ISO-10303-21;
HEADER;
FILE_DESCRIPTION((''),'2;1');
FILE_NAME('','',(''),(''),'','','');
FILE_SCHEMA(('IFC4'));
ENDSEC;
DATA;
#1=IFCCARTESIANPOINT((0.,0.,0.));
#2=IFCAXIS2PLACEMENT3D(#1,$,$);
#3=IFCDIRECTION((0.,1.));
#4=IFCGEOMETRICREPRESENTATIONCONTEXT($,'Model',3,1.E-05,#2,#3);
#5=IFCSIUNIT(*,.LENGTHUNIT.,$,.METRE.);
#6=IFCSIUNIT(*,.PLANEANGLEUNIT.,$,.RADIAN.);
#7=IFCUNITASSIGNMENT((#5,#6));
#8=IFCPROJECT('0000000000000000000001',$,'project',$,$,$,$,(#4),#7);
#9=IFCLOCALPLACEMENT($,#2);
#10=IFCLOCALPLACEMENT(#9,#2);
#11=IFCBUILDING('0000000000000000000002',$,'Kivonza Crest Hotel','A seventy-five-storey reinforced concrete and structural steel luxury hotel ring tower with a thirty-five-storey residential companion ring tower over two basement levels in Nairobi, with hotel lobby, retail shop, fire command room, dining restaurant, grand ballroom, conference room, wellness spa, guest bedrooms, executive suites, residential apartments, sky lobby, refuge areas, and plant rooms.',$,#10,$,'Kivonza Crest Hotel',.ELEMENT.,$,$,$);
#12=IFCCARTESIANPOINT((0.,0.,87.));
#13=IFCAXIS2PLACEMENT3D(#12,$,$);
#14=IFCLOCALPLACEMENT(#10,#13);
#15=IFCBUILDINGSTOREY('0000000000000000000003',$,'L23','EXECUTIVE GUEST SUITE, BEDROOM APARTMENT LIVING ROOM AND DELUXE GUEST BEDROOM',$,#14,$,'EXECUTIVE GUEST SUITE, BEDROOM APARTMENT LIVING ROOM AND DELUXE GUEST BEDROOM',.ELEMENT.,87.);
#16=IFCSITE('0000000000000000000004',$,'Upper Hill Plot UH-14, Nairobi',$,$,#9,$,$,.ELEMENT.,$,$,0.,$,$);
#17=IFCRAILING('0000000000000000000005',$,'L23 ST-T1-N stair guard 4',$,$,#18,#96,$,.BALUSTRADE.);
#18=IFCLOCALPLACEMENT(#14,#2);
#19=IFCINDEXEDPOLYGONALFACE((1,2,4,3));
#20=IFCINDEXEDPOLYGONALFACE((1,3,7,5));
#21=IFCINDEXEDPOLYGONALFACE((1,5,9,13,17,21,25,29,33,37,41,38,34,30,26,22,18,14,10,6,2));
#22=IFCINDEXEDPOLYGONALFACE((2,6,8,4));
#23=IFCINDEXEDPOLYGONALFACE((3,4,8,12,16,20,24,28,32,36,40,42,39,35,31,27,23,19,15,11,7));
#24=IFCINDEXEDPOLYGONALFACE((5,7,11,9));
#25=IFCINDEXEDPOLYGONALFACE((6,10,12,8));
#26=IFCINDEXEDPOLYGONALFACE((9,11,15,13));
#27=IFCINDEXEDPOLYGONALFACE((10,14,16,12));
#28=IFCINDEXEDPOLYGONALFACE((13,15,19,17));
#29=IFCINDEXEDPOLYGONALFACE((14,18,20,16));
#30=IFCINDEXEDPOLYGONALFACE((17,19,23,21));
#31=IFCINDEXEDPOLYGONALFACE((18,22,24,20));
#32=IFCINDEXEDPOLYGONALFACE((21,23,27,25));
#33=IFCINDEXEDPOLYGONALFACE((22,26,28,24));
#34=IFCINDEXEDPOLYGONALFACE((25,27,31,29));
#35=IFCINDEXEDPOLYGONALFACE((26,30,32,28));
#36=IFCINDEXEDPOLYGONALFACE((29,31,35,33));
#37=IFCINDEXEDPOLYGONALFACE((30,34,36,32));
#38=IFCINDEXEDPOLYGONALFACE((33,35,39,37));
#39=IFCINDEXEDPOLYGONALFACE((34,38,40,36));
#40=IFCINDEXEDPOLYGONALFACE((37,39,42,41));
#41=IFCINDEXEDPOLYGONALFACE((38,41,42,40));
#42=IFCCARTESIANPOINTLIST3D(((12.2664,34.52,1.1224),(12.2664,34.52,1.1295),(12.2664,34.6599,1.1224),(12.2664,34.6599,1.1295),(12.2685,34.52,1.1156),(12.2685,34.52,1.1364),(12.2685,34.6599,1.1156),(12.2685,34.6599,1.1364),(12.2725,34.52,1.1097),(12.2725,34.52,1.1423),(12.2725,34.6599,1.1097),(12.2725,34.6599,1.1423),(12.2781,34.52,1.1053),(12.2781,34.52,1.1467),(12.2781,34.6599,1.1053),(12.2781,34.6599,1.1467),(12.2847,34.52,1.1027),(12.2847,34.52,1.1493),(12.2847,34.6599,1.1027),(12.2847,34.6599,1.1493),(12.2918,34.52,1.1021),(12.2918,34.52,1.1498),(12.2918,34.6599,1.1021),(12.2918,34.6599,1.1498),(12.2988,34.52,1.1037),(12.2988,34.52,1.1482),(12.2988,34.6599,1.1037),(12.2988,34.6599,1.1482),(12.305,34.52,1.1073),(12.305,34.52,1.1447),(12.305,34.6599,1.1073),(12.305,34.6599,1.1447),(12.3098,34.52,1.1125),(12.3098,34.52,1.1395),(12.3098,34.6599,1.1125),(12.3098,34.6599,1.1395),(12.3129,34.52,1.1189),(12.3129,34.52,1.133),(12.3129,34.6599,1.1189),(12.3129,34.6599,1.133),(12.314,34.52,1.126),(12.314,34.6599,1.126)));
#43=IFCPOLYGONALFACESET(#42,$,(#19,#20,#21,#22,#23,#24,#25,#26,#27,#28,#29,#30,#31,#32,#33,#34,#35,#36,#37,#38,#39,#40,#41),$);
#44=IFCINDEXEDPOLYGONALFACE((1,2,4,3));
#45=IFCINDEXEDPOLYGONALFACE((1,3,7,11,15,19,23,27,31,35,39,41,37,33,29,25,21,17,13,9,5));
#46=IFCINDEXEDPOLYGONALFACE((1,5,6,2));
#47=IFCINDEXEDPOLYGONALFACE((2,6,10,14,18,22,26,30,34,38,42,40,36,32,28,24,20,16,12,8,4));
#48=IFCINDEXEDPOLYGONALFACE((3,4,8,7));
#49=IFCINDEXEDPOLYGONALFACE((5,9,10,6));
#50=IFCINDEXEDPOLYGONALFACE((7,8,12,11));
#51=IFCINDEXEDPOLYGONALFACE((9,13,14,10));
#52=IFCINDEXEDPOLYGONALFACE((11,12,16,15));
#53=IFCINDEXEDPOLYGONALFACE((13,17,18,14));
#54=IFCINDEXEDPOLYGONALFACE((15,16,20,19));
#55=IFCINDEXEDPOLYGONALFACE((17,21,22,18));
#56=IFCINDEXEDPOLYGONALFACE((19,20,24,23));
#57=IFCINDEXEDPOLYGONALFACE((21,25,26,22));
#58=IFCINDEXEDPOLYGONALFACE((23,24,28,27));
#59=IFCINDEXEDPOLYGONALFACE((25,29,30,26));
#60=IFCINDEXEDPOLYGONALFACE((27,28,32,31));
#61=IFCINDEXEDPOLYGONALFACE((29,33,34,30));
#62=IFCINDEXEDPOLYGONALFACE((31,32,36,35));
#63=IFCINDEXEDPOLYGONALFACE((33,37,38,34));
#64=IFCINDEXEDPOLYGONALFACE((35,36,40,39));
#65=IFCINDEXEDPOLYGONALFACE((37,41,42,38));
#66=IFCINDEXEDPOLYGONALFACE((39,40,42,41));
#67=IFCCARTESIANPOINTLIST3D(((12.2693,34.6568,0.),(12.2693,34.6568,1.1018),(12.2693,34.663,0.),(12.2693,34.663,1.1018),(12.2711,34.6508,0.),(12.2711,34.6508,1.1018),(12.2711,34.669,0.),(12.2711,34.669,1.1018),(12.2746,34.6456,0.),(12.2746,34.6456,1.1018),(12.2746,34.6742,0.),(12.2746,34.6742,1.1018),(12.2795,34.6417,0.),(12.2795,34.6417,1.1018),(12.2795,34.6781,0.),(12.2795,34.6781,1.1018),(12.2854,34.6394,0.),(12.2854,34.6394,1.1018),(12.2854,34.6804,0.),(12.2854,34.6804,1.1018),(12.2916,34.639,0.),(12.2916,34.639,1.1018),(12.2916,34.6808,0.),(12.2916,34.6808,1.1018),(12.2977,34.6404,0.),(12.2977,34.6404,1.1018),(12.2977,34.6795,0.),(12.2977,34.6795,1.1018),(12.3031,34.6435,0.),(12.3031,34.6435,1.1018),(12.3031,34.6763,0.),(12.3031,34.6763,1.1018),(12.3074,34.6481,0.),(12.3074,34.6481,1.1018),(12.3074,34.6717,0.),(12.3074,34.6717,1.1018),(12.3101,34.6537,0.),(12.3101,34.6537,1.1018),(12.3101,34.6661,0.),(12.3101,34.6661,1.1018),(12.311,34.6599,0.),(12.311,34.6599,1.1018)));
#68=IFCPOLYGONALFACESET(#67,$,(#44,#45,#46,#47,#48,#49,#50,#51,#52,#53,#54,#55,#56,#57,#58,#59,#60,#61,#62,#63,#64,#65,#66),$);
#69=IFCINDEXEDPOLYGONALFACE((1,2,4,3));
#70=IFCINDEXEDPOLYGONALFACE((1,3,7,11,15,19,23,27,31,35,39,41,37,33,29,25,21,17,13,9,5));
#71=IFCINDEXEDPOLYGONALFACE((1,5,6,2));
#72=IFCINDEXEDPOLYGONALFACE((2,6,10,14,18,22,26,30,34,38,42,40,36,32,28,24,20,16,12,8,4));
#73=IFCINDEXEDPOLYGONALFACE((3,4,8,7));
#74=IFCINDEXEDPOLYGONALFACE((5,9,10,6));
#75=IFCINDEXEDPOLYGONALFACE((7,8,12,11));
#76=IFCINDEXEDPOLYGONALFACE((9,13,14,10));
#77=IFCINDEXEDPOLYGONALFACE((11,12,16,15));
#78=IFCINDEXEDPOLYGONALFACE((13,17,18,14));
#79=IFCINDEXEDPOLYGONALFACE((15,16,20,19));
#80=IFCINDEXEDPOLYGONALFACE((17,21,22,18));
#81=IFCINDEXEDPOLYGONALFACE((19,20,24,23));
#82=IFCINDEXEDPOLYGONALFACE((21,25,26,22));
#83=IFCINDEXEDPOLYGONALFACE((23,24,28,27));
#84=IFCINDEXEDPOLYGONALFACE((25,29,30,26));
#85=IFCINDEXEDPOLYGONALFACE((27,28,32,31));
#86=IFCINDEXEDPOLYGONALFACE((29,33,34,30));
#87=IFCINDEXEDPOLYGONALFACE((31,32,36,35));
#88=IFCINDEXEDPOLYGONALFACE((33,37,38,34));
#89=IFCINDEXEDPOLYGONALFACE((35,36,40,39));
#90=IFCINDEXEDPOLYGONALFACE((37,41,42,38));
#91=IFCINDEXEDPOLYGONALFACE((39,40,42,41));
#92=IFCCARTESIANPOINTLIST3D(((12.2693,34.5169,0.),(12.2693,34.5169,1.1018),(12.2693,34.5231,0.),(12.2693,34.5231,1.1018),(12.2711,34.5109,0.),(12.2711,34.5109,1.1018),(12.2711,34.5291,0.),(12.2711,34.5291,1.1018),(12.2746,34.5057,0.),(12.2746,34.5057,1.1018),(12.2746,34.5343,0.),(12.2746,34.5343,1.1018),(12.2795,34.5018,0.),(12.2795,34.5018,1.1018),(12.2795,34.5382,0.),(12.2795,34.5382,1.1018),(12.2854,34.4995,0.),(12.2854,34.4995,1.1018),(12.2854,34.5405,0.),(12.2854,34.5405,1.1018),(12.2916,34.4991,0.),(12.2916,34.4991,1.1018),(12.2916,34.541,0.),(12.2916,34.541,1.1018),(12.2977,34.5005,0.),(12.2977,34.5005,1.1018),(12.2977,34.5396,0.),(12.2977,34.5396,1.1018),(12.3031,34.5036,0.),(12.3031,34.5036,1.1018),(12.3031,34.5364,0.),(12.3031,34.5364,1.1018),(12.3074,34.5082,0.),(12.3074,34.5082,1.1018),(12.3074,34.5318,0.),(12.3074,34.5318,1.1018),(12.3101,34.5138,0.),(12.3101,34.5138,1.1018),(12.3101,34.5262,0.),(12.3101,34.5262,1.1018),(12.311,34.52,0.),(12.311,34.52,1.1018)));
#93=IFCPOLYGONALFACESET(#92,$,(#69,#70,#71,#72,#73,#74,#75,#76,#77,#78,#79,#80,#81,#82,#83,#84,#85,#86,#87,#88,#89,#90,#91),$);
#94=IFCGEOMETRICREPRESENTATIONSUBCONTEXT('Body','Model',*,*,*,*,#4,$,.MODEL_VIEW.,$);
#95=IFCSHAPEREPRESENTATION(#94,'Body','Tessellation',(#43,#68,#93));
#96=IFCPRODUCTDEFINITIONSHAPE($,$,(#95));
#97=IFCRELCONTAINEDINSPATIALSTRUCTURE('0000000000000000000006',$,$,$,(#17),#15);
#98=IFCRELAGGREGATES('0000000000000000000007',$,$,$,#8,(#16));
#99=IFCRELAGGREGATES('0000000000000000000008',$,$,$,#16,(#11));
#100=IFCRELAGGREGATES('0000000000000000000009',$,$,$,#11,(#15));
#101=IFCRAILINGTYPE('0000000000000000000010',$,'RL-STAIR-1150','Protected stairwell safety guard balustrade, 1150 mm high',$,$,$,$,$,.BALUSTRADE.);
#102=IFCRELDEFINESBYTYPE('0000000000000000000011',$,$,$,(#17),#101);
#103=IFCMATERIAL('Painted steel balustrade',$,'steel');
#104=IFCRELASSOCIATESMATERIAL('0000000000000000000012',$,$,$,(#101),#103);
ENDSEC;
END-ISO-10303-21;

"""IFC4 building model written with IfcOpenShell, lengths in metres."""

from ifc_helpers import new_model, si_unit, direction, frame, origin, origin_2d, place, context, subcontext, project, spatial, circle, extrude, material, type_object, element, save


model = new_model("IFC4")

# Units and contexts
model_context = context("Model", 3, precision=1e-05, world=origin(), true_north=direction((0.0, 1.0)))
body_context = subcontext(model_context, "Body", "Model", "MODEL_VIEW")
ifc_project = project(units=[si_unit("LENGTHUNIT", "METRE"), si_unit("PLANEANGLEUNIT", "RADIAN")], contexts=[model_context])

# Site, building, storey
site_placement = place(None, origin())
site = spatial("IfcSite", under=ifc_project, at=site_placement, Name="Upper Hill Plot UH-14, Nairobi", CompositionType="ELEMENT", RefElevation=0.0)
building_placement = place(site_placement, origin())
building = spatial("IfcBuilding", under=site, at=building_placement, Name="Kivonza Crest Hotel", Description="A seventy-five-storey reinforced concrete and structural steel luxury hotel ring tower with a thirty-five-storey residential companion ring tower over two basement levels in Nairobi, with hotel lobby, retail shop, fire command room, dining restaurant, grand ballroom, conference room, wellness spa, guest bedrooms, executive suites, residential apartments, sky lobby, refuge areas, and plant rooms.", LongName="Kivonza Crest Hotel", CompositionType="ELEMENT")
storey_placement = place(building_placement, frame((0.0, 0.0, 87.0)))
storey = spatial("IfcBuildingStorey", under=building, at=storey_placement, Name="L23", Description="EXECUTIVE GUEST SUITE, BEDROOM APARTMENT LIVING ROOM AND DELUXE GUEST BEDROOM", LongName="EXECUTIVE GUEST SUITE, BEDROOM APARTMENT LIVING ROOM AND DELUXE GUEST BEDROOM", CompositionType="ELEMENT", Elevation=87.0)

# Railing
ifc_material_1 = material(Name="Painted steel balustrade", Category="steel")
railing_type_1 = type_object("IfcRailingType", Name="RL-STAIR-1150", Description="Protected stairwell safety guard balustrade, 1150 mm high", PredefinedType="BALUSTRADE", material=ifc_material_1)
railing_1_placement = place(storey_placement, frame((12.29, 34.6599, 0.0)))
element("IfcRailing", 1, at=railing_1_placement, inside=storey, type_object=railing_type_1, Name="L23 ST-T1-N stair guard 4", PredefinedType="BALUSTRADE", context=body_context, shape_type="SweptSolid", body=[
    extrude(circle(Radius=0.0239, at=origin_2d()), frame((0.0, 0.0, 1.126), z_axis=(0.0, -1.0, 0.0), x_axis=(1.0, 0.0, 0.0)), (0.0, 0.0, 1.0), 0.1399),
    extrude(circle(Radius=0.021, at=origin_2d()), origin(), (0.0, 0.0, 1.0), 1.1018),
    extrude(circle(Radius=0.021, at=origin_2d()), frame((0.0, -0.1399, 0.0)), (0.0, 0.0, 1.0), 1.1018),
])

save(model, "model.ifc")
